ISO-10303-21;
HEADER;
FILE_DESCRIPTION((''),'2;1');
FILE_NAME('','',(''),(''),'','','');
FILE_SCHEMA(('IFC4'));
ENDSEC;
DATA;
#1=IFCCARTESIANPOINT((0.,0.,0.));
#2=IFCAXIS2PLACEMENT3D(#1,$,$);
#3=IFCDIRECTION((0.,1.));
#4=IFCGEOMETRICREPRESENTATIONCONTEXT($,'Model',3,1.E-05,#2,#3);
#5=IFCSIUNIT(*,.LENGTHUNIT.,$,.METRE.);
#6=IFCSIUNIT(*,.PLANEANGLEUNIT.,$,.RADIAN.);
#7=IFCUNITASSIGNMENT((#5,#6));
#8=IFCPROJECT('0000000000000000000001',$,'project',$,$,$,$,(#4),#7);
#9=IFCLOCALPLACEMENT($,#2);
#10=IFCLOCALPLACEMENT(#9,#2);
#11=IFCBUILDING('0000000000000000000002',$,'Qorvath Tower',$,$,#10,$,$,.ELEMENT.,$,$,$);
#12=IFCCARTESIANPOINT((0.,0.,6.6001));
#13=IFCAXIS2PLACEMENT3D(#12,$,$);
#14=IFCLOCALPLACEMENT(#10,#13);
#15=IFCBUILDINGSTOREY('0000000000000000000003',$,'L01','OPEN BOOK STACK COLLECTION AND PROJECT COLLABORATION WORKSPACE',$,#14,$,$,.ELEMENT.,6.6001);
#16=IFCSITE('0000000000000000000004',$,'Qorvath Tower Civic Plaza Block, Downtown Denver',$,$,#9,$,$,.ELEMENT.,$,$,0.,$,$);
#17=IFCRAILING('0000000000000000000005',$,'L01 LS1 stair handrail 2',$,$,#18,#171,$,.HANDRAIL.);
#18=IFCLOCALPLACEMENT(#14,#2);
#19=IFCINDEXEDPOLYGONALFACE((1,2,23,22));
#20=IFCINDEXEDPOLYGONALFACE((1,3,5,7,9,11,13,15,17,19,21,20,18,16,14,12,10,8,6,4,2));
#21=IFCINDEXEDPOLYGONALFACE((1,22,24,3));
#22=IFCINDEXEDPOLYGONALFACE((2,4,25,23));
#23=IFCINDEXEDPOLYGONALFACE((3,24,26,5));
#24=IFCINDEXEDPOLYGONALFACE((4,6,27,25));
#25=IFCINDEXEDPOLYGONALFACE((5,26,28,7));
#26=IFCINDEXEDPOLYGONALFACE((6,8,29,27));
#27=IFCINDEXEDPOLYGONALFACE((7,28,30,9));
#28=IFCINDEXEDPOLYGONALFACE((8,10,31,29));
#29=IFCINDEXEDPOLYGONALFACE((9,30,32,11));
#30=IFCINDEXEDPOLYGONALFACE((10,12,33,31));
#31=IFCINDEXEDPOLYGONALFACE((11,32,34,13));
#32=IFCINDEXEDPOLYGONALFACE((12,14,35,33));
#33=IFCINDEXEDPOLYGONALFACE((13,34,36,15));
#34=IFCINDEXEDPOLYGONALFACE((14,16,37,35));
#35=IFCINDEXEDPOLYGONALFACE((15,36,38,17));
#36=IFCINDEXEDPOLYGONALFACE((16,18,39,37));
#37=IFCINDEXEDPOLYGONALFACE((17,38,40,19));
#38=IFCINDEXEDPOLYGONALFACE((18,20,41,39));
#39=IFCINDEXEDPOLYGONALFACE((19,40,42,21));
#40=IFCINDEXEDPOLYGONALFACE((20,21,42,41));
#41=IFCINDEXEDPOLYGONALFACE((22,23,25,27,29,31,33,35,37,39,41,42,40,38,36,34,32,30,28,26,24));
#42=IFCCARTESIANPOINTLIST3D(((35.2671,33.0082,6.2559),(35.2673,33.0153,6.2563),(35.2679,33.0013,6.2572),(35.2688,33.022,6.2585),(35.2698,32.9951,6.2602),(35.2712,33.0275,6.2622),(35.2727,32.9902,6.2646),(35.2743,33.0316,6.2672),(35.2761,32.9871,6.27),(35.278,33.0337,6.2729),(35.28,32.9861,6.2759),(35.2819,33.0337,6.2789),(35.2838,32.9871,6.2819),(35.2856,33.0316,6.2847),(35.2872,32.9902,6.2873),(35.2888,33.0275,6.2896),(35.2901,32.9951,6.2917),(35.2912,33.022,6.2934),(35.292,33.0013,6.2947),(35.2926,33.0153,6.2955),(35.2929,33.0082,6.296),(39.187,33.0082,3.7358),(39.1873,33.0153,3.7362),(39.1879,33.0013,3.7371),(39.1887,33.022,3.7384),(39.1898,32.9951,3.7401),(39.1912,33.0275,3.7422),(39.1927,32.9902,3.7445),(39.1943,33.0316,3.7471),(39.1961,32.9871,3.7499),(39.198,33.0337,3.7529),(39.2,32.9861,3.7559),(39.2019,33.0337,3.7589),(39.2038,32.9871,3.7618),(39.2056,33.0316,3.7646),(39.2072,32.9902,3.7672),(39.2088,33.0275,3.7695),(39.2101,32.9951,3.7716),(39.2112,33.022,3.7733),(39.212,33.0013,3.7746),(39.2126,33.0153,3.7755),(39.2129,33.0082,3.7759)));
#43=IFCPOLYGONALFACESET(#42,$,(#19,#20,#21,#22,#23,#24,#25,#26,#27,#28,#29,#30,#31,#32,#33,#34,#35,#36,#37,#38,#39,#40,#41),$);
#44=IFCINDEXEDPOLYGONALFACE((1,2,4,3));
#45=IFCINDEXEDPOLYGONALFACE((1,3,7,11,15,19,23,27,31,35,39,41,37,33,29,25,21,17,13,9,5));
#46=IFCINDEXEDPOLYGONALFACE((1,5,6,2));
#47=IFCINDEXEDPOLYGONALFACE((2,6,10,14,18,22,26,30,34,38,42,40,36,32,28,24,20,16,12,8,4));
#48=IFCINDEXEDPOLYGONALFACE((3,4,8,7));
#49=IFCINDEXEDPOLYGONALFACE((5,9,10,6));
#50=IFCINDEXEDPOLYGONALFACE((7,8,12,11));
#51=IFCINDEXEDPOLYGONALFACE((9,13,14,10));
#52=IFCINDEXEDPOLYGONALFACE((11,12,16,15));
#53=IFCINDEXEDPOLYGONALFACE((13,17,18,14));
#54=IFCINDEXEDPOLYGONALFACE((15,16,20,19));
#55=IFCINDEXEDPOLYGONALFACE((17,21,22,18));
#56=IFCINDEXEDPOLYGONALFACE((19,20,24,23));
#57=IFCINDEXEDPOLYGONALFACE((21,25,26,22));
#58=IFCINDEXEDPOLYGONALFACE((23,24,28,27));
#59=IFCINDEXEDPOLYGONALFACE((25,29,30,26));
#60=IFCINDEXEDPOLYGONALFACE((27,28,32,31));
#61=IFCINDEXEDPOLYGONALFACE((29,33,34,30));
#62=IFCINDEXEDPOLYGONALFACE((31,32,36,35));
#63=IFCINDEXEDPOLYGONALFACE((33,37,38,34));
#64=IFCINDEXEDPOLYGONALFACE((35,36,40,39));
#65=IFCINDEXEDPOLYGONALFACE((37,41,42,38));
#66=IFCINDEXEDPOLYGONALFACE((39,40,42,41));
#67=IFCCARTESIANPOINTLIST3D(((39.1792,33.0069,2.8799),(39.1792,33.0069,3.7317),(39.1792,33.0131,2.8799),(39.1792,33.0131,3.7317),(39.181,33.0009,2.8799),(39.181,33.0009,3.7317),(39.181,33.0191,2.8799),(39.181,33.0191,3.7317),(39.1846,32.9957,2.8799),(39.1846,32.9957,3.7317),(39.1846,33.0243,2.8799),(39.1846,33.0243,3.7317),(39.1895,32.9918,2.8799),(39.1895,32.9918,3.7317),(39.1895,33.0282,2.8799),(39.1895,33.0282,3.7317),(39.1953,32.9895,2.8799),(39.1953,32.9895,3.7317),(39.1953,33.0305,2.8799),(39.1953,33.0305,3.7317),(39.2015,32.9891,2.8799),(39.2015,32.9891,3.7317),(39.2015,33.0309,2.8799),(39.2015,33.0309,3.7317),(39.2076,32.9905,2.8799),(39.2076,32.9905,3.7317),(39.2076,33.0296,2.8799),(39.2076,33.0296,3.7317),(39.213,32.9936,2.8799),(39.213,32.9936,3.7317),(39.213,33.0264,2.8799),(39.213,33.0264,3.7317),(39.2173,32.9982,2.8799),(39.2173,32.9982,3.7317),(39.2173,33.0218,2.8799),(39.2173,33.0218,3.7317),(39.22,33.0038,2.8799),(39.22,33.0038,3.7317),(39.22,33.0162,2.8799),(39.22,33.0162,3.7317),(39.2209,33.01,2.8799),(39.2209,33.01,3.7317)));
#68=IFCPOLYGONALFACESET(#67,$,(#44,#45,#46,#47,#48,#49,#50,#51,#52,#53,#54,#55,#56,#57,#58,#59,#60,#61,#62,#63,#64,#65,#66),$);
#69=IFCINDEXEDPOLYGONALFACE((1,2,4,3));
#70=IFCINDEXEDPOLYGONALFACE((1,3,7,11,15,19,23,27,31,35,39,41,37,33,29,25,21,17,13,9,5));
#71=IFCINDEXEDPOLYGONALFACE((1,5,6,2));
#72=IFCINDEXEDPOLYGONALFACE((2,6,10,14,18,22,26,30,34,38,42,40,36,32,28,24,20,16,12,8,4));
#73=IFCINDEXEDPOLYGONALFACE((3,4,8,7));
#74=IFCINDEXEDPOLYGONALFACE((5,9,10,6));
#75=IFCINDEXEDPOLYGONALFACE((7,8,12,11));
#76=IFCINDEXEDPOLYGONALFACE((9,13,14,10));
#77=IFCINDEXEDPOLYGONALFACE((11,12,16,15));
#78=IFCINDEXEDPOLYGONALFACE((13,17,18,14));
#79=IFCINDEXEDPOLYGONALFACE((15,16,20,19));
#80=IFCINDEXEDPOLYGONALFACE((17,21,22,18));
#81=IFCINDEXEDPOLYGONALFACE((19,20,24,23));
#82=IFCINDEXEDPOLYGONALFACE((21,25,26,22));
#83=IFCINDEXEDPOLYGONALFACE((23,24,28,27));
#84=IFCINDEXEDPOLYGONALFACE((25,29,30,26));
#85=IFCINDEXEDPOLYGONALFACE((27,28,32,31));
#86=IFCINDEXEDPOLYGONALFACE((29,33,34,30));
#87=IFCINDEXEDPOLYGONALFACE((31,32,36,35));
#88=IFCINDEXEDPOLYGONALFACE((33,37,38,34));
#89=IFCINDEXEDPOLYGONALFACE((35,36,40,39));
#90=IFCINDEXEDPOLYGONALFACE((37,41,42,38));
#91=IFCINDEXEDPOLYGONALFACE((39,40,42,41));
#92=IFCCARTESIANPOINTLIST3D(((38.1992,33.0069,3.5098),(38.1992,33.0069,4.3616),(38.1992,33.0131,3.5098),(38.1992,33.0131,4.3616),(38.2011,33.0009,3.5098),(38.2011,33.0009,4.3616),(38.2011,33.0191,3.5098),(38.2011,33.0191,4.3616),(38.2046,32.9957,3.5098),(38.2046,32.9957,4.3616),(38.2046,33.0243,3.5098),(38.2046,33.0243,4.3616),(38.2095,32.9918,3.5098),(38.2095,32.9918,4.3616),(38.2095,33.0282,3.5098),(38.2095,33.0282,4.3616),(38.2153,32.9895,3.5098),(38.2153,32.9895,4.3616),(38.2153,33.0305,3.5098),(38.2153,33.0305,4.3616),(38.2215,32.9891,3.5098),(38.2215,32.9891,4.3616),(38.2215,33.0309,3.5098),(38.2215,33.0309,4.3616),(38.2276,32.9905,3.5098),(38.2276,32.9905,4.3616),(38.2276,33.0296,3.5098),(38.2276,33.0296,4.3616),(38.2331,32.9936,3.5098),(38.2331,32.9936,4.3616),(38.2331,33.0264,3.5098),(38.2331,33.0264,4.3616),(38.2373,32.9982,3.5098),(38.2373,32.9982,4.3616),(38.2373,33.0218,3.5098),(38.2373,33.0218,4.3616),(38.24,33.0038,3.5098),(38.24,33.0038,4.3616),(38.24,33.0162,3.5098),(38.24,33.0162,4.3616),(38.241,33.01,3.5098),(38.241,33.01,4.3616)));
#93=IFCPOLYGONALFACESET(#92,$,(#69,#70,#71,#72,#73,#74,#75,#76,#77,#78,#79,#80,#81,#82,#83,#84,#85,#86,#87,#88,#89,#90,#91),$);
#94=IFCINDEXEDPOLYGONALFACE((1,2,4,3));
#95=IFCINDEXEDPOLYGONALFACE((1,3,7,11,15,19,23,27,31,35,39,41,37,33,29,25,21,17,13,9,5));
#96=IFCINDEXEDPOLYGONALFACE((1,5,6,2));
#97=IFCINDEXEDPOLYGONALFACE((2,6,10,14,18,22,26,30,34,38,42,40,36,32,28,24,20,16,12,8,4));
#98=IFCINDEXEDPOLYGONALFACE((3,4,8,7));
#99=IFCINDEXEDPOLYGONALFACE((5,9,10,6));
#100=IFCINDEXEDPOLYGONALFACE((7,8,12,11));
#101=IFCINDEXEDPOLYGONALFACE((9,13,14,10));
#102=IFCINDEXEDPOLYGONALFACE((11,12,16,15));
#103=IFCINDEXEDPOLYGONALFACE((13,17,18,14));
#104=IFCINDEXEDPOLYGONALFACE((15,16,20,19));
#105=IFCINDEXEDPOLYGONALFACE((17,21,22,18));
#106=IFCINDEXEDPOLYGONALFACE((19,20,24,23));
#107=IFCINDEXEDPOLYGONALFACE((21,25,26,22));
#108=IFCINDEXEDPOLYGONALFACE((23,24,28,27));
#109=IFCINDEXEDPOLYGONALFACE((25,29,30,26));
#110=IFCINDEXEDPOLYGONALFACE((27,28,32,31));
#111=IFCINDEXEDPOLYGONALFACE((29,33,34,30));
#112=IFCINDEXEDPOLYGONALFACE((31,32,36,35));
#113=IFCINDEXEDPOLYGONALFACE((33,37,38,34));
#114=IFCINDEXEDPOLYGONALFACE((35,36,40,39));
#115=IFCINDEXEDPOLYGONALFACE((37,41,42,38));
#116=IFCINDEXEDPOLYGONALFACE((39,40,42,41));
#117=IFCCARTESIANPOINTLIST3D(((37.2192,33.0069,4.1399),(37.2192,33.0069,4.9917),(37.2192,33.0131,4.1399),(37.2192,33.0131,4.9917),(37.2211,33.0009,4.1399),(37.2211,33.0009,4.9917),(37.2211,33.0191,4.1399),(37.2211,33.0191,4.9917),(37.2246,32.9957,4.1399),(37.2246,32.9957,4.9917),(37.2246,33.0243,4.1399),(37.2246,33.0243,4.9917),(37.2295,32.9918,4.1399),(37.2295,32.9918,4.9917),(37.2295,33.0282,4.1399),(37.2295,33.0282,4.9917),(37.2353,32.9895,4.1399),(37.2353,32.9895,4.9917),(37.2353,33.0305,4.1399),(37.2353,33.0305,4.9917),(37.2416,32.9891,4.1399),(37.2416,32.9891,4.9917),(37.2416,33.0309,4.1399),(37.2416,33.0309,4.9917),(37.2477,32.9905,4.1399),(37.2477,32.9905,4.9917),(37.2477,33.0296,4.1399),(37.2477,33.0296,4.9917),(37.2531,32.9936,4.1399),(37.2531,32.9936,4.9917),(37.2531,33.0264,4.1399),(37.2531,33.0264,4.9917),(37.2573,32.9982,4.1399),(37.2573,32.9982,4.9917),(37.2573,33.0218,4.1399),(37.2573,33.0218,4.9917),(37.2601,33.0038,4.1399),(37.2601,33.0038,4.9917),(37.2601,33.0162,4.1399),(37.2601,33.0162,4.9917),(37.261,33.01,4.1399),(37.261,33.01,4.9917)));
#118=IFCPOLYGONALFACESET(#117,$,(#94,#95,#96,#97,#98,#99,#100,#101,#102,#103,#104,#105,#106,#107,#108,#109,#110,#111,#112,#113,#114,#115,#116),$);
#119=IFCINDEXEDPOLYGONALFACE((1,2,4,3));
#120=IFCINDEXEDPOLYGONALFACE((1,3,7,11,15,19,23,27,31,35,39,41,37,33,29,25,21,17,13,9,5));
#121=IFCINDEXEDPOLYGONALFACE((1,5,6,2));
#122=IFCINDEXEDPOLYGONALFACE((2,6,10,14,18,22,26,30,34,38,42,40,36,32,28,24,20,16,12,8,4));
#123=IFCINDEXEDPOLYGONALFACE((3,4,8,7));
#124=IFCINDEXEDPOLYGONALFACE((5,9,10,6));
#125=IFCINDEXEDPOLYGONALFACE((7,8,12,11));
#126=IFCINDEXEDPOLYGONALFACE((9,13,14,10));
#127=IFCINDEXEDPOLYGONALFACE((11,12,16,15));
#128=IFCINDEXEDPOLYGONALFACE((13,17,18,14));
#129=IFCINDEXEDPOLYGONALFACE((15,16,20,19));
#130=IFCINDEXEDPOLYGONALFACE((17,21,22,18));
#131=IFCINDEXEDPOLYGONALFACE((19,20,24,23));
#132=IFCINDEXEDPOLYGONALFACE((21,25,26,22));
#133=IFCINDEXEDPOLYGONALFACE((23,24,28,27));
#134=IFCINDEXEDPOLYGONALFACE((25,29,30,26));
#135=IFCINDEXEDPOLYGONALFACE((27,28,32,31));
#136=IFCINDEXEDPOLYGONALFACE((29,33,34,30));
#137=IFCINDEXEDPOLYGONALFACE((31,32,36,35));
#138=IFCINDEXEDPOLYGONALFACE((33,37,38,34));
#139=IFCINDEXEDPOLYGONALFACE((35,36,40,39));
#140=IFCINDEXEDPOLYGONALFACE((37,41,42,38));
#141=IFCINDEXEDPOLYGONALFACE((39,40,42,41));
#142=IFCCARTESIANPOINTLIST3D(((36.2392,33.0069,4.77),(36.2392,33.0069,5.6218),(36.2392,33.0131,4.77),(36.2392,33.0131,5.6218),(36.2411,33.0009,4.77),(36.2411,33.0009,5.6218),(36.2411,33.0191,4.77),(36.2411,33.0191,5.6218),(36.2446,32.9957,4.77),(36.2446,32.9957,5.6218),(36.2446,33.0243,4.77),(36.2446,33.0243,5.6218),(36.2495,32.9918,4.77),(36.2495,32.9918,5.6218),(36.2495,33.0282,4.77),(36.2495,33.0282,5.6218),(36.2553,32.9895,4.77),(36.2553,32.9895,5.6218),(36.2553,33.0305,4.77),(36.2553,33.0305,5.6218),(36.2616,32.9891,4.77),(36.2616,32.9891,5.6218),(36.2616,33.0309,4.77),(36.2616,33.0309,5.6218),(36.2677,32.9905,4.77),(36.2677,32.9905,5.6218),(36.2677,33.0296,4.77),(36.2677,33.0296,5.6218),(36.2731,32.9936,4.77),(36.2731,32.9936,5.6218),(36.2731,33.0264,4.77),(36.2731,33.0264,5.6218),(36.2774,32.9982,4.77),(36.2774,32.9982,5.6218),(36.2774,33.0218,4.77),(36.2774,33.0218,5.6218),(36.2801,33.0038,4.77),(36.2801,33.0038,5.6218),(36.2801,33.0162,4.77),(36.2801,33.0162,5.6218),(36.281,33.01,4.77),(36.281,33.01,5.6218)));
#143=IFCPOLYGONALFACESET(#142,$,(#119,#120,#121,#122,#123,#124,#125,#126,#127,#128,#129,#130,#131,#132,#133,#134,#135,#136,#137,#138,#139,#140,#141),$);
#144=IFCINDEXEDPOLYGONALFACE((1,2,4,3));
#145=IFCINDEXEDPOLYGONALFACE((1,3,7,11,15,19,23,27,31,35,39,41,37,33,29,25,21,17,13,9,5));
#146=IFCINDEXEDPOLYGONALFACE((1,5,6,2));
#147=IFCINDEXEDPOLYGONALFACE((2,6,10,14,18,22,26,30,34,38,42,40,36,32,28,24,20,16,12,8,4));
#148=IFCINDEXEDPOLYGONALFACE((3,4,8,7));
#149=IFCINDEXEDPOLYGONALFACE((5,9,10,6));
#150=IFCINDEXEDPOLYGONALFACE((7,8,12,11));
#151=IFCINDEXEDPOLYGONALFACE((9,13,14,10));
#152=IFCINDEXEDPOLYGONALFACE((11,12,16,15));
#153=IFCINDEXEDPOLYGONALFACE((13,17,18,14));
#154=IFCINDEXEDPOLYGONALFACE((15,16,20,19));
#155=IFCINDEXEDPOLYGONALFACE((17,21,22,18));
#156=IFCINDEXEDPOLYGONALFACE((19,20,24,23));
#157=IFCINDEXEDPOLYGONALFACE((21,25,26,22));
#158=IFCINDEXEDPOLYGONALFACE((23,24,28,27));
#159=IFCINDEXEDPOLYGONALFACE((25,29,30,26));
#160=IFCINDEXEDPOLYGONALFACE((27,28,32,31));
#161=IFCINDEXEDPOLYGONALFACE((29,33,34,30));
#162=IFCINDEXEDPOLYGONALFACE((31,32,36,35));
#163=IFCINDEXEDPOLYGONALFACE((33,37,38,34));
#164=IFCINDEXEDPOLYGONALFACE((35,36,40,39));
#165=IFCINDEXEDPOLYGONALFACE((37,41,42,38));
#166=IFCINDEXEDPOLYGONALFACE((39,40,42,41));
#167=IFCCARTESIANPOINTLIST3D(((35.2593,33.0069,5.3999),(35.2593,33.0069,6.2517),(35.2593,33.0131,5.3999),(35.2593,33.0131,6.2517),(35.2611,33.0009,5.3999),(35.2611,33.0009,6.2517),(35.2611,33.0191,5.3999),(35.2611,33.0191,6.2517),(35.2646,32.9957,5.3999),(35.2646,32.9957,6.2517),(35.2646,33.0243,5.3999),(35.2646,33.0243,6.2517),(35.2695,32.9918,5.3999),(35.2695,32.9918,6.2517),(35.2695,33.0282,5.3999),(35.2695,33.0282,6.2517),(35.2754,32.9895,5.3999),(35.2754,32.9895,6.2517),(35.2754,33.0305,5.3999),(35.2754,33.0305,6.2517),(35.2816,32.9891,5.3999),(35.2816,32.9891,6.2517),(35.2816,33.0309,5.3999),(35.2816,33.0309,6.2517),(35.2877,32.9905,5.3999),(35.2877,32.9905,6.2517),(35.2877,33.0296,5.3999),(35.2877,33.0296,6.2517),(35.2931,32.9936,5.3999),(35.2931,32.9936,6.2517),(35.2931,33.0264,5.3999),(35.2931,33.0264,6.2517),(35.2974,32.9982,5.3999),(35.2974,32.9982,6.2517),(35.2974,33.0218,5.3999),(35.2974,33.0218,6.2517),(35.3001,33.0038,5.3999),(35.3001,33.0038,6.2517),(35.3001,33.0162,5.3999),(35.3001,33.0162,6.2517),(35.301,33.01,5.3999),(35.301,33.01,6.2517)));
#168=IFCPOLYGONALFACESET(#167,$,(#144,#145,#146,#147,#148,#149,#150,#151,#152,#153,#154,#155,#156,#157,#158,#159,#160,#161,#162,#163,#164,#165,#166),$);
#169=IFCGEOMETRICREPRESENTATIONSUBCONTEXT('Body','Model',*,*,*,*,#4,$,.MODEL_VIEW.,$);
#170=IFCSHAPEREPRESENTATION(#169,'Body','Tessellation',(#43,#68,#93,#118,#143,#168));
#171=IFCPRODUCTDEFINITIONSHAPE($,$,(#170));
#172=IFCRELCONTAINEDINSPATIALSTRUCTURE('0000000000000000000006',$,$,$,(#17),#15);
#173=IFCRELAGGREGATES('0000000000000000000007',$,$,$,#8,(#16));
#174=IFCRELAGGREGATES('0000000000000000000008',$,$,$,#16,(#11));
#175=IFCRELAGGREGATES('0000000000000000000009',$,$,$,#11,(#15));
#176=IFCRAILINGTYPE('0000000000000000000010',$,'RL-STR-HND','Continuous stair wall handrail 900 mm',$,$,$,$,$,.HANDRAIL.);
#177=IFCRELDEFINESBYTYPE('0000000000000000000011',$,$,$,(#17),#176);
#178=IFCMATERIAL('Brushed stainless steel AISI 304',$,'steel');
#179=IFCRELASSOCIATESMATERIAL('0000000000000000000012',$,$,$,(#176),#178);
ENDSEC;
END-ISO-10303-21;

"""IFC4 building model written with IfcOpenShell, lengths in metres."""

from ifc_helpers import new_model, si_unit, direction, frame, origin, origin_2d, place, context, subcontext, project, spatial, circle, extrude, material, type_object, element, save


model = new_model("IFC4")

# Units and contexts
model_context = context("Model", 3, precision=1e-05, world=origin(), true_north=direction((0.0, 1.0)))
body_context = subcontext(model_context, "Body", "Model", "MODEL_VIEW")
ifc_project = project(units=[si_unit("LENGTHUNIT", "METRE"), si_unit("PLANEANGLEUNIT", "RADIAN")], contexts=[model_context])

# Site, building, storey
site_placement = place(None, origin())
site = spatial("IfcSite", under=ifc_project, at=site_placement, Name="Qorvath Tower Civic Plaza Block, Downtown Denver", CompositionType="ELEMENT", RefElevation=0.0)
building_placement = place(site_placement, origin())
building = spatial("IfcBuilding", under=site, at=building_placement, Name="Qorvath Tower", CompositionType="ELEMENT")
storey_placement = place(building_placement, frame((0.0, 0.0, 6.6001)))
storey = spatial("IfcBuildingStorey", under=building, at=storey_placement, Name="L01", Description="OPEN BOOK STACK COLLECTION AND PROJECT COLLABORATION WORKSPACE", CompositionType="ELEMENT", Elevation=6.6001)

# Railing
ifc_material_1 = material(Name="Brushed stainless steel AISI 304", Category="steel")
railing_type_1 = type_object("IfcRailingType", Name="RL-STR-HND", Description="Continuous stair wall handrail 900 mm", PredefinedType="HANDRAIL", material=ifc_material_1)
railing_1_placement = place(storey_placement, frame((39.2, 33.01, 2.8799)))
element("IfcRailing", 1, at=railing_1_placement, inside=storey, type_object=railing_type_1, Name="L01 LS1 stair handrail 2", PredefinedType="HANDRAIL", context=body_context, shape_type="SweptSolid", body=[
    extrude(circle(Radius=0.0239, at=origin_2d()), frame((0.0, 0.0, 0.876), z_axis=(-0.841172, 0.0, 0.540768), x_axis=(0.0, -1.0, 0.0)), (0.0, 0.0, 1.0), 4.6602),
    extrude(circle(Radius=0.021, at=origin_2d()), origin(), (0.0, 0.0, 1.0), 0.8518),
    extrude(circle(Radius=0.021, at=origin_2d()), frame((-0.98, 0.0, 0.6299)), (0.0, 0.0, 1.0), 0.8518),
    extrude(circle(Radius=0.021, at=origin_2d()), frame((-1.96, 0.0, 1.26)), (0.0, 0.0, 1.0), 0.8518),
    extrude(circle(Radius=0.021, at=origin_2d()), frame((-2.9399, 0.0, 1.8901)), (0.0, 0.0, 1.0), 0.8518),
    extrude(circle(Radius=0.021, at=origin_2d()), frame((-3.9199, 0.0, 2.52)), (0.0, 0.0, 1.0), 0.8518),
])

save(model, "model.ifc")
